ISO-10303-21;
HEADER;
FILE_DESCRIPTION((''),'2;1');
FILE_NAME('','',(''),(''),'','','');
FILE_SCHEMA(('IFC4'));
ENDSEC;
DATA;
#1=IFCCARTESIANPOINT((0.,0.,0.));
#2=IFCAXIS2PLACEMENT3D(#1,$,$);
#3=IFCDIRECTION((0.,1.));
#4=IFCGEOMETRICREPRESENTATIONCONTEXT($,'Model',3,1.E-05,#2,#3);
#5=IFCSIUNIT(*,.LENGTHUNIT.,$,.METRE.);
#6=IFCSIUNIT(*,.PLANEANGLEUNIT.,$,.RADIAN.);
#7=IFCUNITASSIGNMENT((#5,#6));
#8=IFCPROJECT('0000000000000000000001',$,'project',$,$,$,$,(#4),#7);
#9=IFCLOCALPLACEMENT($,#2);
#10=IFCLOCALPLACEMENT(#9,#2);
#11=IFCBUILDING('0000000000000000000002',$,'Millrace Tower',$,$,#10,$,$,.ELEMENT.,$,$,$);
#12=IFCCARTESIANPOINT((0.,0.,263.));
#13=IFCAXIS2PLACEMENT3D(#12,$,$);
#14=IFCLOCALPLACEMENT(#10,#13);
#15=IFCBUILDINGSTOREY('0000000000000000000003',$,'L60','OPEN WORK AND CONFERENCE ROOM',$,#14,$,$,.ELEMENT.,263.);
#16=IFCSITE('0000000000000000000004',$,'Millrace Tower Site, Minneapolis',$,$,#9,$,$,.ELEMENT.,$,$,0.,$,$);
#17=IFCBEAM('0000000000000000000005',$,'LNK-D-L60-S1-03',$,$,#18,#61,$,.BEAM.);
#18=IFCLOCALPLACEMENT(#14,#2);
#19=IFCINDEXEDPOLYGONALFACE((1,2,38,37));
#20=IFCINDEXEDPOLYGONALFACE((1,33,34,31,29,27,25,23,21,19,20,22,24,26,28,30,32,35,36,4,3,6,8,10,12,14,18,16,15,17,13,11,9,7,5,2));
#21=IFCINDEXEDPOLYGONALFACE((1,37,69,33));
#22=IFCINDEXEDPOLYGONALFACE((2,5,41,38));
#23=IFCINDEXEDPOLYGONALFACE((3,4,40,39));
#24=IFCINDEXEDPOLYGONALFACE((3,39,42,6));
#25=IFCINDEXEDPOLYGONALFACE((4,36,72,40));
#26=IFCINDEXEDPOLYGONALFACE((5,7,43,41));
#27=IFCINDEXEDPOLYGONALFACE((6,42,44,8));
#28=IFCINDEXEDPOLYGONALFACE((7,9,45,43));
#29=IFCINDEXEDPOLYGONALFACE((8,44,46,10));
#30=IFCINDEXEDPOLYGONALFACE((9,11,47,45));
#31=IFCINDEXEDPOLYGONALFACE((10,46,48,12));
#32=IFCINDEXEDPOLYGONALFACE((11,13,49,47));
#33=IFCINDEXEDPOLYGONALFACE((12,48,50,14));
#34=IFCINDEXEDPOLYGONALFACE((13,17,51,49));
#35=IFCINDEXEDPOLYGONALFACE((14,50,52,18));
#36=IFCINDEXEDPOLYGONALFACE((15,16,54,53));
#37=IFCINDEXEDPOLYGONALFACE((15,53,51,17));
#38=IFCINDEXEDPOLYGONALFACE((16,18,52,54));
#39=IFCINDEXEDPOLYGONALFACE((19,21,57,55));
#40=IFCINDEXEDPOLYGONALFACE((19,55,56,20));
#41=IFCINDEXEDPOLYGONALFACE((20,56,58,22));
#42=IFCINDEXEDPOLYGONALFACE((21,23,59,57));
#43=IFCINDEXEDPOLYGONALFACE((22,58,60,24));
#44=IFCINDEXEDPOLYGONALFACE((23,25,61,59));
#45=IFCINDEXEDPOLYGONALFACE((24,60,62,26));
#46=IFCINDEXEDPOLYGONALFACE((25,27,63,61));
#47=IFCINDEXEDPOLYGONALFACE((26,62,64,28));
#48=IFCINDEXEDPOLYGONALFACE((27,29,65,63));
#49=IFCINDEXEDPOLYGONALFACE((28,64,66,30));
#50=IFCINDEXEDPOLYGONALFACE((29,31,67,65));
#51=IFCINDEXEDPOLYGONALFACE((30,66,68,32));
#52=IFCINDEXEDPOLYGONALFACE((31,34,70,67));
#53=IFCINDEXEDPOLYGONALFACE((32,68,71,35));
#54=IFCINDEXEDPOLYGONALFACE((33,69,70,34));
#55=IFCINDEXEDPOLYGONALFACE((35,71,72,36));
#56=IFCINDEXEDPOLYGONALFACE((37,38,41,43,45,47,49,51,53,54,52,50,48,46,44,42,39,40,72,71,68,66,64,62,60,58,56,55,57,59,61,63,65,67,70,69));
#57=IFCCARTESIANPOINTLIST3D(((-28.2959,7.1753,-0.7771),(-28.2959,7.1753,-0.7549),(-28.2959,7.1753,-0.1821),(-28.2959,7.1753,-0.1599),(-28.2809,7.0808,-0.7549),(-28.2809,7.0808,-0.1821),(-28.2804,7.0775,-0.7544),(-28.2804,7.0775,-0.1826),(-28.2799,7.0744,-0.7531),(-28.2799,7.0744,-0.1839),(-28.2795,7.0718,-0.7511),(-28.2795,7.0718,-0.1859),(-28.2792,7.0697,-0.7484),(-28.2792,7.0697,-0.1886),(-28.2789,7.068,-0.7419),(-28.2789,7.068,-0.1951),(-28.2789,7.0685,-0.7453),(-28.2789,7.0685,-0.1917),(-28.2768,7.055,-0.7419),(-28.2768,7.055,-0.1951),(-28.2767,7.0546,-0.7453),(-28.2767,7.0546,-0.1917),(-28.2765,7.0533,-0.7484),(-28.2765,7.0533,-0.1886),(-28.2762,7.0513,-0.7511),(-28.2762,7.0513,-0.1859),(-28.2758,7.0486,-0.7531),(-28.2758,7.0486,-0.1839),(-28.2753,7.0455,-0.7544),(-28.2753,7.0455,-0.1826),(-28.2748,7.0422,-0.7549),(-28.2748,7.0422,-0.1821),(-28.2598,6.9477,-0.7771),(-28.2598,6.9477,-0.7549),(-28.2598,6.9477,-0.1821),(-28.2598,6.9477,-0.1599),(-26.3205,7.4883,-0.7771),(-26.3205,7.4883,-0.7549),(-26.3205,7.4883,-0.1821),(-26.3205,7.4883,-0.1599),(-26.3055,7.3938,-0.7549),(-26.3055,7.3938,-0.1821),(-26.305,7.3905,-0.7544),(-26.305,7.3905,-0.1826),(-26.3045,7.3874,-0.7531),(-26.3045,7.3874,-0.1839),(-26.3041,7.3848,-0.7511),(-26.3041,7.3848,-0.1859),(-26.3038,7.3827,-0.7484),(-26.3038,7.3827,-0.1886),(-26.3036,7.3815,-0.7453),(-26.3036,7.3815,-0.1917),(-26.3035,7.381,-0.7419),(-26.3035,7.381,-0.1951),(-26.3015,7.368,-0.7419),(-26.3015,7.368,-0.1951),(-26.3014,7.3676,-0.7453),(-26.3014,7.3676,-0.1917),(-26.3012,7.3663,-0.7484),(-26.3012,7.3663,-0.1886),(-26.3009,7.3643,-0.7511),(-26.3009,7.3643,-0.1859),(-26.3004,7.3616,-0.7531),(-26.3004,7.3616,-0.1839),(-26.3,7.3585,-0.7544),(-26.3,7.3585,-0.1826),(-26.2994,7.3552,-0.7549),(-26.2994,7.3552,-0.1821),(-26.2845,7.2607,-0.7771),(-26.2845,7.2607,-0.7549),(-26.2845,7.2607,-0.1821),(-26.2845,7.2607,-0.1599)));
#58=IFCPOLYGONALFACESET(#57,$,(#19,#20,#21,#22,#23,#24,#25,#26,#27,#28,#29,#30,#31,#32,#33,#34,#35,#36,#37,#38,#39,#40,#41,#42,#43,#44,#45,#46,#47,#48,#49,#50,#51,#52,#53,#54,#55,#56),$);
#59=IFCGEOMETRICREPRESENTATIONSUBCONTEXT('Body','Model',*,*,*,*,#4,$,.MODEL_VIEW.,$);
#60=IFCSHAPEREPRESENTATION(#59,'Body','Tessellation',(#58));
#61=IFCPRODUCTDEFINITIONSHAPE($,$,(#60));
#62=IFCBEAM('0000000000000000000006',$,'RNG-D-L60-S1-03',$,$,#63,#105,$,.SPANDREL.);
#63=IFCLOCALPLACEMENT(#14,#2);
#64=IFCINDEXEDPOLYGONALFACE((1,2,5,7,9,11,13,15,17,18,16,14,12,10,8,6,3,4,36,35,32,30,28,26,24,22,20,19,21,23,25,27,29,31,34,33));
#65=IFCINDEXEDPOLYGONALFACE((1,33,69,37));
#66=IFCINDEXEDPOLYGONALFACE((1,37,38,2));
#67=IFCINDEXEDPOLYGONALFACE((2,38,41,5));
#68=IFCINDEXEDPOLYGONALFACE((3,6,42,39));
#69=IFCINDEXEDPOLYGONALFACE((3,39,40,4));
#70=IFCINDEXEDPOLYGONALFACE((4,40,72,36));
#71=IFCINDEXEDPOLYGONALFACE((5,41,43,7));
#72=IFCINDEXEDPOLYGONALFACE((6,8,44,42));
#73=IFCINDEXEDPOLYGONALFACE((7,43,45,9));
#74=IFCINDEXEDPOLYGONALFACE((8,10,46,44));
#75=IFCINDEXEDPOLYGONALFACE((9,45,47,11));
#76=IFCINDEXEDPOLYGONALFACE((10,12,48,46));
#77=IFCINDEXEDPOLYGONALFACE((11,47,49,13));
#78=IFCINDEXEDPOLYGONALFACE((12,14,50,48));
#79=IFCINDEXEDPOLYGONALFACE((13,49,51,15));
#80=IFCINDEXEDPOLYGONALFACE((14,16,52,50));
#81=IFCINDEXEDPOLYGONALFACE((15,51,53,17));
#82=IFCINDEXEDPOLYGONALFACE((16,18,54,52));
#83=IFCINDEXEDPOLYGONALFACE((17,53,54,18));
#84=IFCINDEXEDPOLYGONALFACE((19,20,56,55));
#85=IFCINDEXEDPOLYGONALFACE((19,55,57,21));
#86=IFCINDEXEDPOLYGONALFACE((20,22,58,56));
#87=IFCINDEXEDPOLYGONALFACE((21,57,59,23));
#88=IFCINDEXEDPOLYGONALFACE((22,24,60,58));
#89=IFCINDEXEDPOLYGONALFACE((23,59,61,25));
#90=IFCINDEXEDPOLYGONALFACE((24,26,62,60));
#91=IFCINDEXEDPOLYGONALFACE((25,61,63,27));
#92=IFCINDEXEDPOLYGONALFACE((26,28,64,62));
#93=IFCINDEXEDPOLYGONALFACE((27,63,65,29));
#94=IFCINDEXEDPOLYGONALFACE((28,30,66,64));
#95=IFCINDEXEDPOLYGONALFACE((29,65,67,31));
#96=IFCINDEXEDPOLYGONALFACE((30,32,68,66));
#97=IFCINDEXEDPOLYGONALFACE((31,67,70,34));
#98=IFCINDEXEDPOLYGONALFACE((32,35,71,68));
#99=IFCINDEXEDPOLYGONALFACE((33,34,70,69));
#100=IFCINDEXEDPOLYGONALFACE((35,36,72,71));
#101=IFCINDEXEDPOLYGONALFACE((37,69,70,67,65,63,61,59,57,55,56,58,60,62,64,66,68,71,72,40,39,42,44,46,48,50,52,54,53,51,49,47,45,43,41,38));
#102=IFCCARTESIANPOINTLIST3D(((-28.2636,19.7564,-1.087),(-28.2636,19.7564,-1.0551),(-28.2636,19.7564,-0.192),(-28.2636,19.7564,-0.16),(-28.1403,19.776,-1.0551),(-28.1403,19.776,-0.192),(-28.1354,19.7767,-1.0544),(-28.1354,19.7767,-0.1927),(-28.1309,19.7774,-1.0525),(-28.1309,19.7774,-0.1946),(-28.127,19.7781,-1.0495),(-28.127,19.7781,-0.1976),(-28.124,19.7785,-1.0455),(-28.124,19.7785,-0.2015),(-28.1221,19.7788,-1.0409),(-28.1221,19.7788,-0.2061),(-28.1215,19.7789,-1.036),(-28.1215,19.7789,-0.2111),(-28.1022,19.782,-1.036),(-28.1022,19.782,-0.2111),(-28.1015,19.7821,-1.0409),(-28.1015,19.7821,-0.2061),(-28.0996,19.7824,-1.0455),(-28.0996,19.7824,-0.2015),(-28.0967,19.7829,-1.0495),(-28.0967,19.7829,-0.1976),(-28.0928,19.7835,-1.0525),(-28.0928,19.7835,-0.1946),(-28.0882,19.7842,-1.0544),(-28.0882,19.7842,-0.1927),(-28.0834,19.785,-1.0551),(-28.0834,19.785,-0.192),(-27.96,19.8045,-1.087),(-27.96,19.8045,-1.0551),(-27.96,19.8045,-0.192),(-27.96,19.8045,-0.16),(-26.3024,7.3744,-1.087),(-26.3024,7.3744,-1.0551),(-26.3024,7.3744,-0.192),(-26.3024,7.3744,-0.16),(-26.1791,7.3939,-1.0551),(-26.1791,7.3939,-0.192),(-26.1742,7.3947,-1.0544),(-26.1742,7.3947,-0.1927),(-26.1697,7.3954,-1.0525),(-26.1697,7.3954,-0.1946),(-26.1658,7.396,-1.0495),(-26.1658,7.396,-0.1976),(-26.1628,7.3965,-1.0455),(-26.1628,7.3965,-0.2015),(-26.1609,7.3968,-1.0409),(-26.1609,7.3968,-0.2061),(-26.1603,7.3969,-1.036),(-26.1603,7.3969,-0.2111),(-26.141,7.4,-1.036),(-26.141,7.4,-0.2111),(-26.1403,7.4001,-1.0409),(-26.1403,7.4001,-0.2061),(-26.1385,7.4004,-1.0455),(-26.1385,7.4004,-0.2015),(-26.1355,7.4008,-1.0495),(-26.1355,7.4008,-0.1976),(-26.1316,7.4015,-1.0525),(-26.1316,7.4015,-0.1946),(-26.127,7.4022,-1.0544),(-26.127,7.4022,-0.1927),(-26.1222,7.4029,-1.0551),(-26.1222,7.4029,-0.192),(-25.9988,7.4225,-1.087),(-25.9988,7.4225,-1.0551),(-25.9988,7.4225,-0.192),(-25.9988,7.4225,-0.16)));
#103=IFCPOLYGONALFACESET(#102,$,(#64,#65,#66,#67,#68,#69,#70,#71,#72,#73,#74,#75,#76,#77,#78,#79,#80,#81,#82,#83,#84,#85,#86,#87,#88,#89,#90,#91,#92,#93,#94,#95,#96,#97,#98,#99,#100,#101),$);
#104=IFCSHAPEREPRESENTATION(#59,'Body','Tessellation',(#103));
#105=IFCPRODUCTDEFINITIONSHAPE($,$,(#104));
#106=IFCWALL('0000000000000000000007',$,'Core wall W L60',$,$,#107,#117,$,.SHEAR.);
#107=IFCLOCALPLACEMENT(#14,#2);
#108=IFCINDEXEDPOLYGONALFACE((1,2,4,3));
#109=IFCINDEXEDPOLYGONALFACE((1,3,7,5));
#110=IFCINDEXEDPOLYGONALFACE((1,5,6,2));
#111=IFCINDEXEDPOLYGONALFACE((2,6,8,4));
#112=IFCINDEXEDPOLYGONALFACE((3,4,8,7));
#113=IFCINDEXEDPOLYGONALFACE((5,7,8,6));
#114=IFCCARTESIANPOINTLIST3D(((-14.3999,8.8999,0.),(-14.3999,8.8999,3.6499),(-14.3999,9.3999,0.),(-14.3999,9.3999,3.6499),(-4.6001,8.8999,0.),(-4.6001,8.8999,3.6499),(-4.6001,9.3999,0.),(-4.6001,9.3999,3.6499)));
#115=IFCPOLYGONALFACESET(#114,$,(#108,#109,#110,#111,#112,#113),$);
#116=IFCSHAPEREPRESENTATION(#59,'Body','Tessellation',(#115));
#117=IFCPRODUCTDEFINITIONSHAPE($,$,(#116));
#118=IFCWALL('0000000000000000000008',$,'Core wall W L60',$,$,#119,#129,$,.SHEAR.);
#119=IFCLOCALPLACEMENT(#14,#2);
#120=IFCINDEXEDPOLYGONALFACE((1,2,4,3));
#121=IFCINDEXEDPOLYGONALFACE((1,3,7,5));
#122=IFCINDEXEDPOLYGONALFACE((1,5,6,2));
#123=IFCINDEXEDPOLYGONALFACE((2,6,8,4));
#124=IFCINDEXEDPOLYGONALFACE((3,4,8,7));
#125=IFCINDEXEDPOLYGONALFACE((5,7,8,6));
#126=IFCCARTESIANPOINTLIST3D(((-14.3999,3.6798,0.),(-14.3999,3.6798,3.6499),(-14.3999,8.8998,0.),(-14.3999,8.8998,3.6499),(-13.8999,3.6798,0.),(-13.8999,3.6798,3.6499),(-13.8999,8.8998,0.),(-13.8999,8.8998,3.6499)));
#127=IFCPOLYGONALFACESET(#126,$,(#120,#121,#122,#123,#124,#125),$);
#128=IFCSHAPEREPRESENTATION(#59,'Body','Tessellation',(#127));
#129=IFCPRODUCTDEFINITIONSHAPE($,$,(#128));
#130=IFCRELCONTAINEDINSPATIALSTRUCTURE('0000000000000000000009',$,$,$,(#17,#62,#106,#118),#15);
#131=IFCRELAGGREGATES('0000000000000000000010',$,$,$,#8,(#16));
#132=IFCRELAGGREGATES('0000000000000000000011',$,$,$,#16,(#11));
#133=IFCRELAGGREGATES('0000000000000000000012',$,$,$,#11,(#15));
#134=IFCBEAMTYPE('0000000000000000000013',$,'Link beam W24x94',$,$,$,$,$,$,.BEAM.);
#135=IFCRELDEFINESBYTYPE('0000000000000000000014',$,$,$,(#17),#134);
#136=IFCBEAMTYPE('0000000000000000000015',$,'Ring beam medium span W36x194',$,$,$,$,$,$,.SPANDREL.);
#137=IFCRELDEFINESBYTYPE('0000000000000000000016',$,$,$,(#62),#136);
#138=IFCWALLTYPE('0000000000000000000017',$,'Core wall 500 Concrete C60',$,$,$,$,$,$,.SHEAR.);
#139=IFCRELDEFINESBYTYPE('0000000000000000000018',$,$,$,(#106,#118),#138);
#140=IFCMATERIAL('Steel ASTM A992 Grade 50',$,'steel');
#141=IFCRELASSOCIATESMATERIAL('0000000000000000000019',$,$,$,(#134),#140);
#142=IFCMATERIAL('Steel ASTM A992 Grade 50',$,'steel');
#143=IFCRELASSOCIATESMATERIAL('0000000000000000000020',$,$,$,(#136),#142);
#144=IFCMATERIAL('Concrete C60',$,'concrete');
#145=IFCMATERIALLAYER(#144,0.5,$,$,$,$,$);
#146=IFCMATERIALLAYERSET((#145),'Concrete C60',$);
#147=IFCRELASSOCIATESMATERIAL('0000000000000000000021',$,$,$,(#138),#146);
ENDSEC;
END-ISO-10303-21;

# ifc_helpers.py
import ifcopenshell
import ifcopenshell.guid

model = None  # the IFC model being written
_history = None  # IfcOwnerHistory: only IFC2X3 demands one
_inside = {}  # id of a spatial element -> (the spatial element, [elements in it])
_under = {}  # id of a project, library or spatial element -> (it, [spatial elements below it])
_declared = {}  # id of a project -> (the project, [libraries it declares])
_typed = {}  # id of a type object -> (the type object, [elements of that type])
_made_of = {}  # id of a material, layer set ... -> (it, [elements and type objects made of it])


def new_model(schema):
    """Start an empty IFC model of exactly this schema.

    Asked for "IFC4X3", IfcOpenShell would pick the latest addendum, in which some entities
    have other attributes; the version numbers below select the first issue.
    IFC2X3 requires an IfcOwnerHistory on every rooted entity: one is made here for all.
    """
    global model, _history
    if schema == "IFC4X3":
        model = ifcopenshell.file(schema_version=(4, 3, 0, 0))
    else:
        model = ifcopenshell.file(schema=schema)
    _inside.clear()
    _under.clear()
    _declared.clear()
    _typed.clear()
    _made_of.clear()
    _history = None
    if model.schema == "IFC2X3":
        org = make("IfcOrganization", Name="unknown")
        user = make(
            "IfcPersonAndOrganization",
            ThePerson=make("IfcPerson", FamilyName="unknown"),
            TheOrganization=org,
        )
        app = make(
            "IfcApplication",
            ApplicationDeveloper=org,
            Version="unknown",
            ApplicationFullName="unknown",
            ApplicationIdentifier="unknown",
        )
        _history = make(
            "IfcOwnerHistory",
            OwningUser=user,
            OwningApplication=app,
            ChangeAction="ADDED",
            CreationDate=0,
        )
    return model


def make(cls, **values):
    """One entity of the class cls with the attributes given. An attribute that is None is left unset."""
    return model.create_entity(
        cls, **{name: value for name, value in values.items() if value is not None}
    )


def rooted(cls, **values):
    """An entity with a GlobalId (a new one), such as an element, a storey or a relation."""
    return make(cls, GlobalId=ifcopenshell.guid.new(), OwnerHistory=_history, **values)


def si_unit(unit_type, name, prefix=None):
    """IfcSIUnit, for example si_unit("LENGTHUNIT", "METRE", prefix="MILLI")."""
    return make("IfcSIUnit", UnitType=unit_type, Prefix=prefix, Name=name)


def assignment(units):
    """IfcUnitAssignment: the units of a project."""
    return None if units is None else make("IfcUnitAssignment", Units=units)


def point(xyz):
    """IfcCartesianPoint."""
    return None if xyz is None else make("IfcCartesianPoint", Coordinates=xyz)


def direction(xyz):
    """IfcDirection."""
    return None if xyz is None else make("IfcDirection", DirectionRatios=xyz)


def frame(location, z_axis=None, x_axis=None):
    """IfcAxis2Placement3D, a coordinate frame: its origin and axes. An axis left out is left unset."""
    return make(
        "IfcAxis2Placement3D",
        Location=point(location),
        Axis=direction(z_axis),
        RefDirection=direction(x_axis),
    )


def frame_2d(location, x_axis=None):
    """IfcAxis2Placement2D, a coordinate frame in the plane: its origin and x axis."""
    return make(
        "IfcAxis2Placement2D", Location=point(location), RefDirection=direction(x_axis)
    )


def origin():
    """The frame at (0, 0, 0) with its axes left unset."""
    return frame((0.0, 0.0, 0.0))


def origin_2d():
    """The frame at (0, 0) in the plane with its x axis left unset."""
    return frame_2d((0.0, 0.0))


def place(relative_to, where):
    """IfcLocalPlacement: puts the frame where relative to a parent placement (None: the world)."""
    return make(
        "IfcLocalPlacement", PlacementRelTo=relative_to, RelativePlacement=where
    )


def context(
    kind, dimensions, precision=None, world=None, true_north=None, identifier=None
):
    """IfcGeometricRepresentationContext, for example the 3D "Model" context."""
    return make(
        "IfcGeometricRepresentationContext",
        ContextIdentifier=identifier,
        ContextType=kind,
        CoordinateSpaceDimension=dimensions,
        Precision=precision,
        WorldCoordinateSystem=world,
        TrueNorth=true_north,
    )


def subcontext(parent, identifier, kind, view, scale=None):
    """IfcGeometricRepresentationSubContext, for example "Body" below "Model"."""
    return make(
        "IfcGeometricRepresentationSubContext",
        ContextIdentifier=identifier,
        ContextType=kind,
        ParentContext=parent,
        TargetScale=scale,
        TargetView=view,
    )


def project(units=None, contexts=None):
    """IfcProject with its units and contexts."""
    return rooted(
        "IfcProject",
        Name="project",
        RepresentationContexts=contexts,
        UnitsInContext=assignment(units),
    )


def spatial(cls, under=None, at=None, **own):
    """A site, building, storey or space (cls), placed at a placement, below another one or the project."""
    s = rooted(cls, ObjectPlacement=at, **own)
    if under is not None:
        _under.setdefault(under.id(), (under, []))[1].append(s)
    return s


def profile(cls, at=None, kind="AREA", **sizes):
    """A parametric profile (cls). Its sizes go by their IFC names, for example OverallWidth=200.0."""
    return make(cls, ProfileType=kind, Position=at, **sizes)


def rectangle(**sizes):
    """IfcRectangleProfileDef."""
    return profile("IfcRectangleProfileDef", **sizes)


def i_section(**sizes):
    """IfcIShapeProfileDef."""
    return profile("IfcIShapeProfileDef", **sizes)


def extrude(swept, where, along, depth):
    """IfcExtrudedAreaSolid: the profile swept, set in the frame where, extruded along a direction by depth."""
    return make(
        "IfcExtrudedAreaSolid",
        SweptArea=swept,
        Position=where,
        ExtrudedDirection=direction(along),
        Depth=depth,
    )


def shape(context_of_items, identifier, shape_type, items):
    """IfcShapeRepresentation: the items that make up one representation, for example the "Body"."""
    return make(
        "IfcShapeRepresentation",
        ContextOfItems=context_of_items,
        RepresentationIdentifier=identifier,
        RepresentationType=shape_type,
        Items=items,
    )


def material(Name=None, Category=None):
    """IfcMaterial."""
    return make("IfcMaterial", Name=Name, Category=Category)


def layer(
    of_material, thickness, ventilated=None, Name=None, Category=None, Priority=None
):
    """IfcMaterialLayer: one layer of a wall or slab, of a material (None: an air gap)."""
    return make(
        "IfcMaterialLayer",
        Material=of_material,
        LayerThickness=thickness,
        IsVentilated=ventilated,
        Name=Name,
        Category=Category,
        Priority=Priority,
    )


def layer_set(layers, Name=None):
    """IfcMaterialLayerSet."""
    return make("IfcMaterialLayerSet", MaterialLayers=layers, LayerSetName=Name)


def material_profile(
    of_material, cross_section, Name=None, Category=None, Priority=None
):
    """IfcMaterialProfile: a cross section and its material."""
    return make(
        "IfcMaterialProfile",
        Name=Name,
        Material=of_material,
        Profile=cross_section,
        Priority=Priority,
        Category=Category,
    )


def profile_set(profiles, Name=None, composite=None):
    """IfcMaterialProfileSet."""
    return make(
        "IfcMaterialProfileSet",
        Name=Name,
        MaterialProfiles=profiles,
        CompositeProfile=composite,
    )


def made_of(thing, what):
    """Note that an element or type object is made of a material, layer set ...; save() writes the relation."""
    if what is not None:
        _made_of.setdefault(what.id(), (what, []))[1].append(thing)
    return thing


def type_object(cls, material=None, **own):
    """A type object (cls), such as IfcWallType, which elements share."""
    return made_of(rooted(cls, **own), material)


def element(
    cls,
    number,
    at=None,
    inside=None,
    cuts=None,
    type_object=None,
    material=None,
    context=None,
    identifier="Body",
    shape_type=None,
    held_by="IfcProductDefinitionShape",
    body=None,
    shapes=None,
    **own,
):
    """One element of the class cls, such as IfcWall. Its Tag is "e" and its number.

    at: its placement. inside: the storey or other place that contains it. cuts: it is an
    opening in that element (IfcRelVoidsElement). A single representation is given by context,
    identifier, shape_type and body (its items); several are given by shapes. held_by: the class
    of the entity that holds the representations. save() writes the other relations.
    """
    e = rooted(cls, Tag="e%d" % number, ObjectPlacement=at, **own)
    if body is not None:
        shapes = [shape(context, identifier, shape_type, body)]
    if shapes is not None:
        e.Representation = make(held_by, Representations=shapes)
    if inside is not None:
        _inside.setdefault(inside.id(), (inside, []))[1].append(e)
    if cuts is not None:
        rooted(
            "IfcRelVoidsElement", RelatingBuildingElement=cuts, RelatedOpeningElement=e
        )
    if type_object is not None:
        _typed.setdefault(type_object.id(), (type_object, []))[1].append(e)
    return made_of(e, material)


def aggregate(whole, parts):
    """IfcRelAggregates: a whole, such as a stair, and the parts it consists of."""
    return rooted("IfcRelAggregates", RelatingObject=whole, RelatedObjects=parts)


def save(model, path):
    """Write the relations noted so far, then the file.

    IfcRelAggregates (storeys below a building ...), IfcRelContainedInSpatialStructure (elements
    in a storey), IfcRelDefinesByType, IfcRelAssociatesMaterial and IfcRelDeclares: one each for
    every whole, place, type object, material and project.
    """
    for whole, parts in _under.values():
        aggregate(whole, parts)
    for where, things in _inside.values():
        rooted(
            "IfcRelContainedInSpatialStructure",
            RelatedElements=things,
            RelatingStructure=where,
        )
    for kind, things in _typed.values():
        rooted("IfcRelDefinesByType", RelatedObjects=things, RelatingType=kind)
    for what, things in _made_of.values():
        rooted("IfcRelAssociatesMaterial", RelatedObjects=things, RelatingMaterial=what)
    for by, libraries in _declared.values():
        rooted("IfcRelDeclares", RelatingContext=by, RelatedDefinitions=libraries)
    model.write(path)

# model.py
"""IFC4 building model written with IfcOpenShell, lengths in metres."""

from ifc_helpers import new_model, si_unit, direction, frame, frame_2d, origin, origin_2d, place, context, subcontext, project, spatial, rectangle, i_section, extrude, material, layer, layer_set, material_profile, profile_set, type_object, element, save


model = new_model("IFC4")

# Units and contexts
model_context = context("Model", 3, precision=1e-05, world=origin(), true_north=direction((0.0, 1.0)))
body_context = subcontext(model_context, "Body", "Model", "MODEL_VIEW")
ifc_project = project(units=[si_unit("LENGTHUNIT", "METRE"), si_unit("PLANEANGLEUNIT", "RADIAN")], contexts=[model_context])

# Site, building, storey
site_placement = place(None, origin())
site = spatial("IfcSite", under=ifc_project, at=site_placement, Name="Millrace Tower Site, Minneapolis", CompositionType="ELEMENT", RefElevation=0.0)
building_placement = place(site_placement, origin())
building = spatial("IfcBuilding", under=site, at=building_placement, Name="Millrace Tower", CompositionType="ELEMENT")
storey_placement = place(building_placement, frame((0.0, 0.0, 263.0)))
storey = spatial("IfcBuildingStorey", under=building, at=storey_placement, Name="L60", Description="OPEN WORK AND CONFERENCE ROOM", CompositionType="ELEMENT", Elevation=263.0)

# Beams
ifc_material_1 = material(Name="Steel ASTM A992 Grade 50", Category="steel")
ifc_material_profile_1 = material_profile(ifc_material_1, i_section(OverallWidth=0.2305, OverallDepth=0.6172, WebThickness=0.0132, FlangeThickness=0.0222, FilletRadius=0.0129, at=origin_2d()))
ifc_profile_set_1 = profile_set([ifc_material_profile_1], Name="Steel ASTM A992 Grade 50")
beam_type_1 = type_object("IfcBeamType", Name="Link beam W24x94", PredefinedType="BEAM", material=ifc_profile_set_1)
beam_1_placement = place(storey_placement, frame((-26.3025, 7.3745, -0.4685), z_axis=(-0.987679, -0.156495, 0.0), x_axis=(0.156495, -0.987679, 0.0)))
element("IfcBeam", 1, at=beam_1_placement, inside=storey, type_object=beam_type_1, Name="LNK-D-L60-S1-03", PredefinedType="BEAM", context=body_context, shape_type="SweptSolid", body=[
    extrude(i_section(OverallWidth=0.2305, OverallDepth=0.6172, WebThickness=0.0132, FlangeThickness=0.0222, FilletRadius=0.0129, at=origin_2d()), origin(), (0.0, 0.0, 1.0), 2.0),
])
ifc_material_2 = material(Name="Steel ASTM A992 Grade 50", Category="steel")
ifc_material_profile_2 = material_profile(ifc_material_2, i_section(OverallWidth=0.3074, OverallDepth=0.927, WebThickness=0.0195, FlangeThickness=0.032, FilletRadius=0.019, at=origin_2d()))
ifc_profile_set_2 = profile_set([ifc_material_profile_2], Name="Steel ASTM A992 Grade 50")
beam_type_2 = type_object("IfcBeamType", Name="Ring beam medium span W36x194", PredefinedType="SPANDREL", material=ifc_profile_set_2)
beam_2_placement = place(storey_placement, frame((-26.1506, 7.3984, -0.6235), z_axis=(-0.156439, 0.987688, 0.0), x_axis=(-0.987688, -0.156439, 0.0)))
element("IfcBeam", 2, at=beam_2_placement, inside=storey, type_object=beam_type_2, Name="RNG-D-L60-S1-03", PredefinedType="SPANDREL", context=body_context, shape_type="SweptSolid", body=[
    extrude(i_section(OverallWidth=0.3074, OverallDepth=0.927, WebThickness=0.0195, FlangeThickness=0.032, FilletRadius=0.019, at=origin_2d()), origin(), (0.0, 0.0, 1.0), 12.5364),
])

# Walls
ifc_material_3 = material(Name="Concrete C60", Category="concrete")
ifc_layer_1 = layer(ifc_material_3, 0.5)
ifc_layer_set_1 = layer_set([ifc_layer_1], Name="Concrete C60")
wall_type_1 = type_object("IfcWallType", Name="Core wall 500 Concrete C60", PredefinedType="SHEAR", material=ifc_layer_set_1)
wall_1_placement = place(storey_placement, frame((-14.3999, 9.1499, 0.0), z_axis=(0.0, 0.0, 1.0), x_axis=(1.0, 0.0, 0.0)))
element("IfcWall", 3, at=wall_1_placement, inside=storey, type_object=wall_type_1, Name="Core wall W L60", PredefinedType="SHEAR", context=body_context, shape_type="SweptSolid", body=[
    extrude(rectangle(XDim=9.7998, YDim=0.5, at=frame_2d((4.8999, 0.0))), origin(), (0.0, 0.0, 1.0), 3.6499),
])
wall_2_placement = place(storey_placement, frame((-14.1499, 3.6799, 0.0), z_axis=(0.0, 0.0, 1.0), x_axis=(0.0, 1.0, 0.0)))
element("IfcWall", 4, at=wall_2_placement, inside=storey, type_object=wall_type_1, Name="Core wall W L60", PredefinedType="SHEAR", context=body_context, shape_type="SweptSolid", body=[
    extrude(rectangle(XDim=5.22, YDim=0.5, at=frame_2d((2.6099, 0.0))), origin(), (0.0, 0.0, 1.0), 3.6499),
])

save(model, "model.ifc")
